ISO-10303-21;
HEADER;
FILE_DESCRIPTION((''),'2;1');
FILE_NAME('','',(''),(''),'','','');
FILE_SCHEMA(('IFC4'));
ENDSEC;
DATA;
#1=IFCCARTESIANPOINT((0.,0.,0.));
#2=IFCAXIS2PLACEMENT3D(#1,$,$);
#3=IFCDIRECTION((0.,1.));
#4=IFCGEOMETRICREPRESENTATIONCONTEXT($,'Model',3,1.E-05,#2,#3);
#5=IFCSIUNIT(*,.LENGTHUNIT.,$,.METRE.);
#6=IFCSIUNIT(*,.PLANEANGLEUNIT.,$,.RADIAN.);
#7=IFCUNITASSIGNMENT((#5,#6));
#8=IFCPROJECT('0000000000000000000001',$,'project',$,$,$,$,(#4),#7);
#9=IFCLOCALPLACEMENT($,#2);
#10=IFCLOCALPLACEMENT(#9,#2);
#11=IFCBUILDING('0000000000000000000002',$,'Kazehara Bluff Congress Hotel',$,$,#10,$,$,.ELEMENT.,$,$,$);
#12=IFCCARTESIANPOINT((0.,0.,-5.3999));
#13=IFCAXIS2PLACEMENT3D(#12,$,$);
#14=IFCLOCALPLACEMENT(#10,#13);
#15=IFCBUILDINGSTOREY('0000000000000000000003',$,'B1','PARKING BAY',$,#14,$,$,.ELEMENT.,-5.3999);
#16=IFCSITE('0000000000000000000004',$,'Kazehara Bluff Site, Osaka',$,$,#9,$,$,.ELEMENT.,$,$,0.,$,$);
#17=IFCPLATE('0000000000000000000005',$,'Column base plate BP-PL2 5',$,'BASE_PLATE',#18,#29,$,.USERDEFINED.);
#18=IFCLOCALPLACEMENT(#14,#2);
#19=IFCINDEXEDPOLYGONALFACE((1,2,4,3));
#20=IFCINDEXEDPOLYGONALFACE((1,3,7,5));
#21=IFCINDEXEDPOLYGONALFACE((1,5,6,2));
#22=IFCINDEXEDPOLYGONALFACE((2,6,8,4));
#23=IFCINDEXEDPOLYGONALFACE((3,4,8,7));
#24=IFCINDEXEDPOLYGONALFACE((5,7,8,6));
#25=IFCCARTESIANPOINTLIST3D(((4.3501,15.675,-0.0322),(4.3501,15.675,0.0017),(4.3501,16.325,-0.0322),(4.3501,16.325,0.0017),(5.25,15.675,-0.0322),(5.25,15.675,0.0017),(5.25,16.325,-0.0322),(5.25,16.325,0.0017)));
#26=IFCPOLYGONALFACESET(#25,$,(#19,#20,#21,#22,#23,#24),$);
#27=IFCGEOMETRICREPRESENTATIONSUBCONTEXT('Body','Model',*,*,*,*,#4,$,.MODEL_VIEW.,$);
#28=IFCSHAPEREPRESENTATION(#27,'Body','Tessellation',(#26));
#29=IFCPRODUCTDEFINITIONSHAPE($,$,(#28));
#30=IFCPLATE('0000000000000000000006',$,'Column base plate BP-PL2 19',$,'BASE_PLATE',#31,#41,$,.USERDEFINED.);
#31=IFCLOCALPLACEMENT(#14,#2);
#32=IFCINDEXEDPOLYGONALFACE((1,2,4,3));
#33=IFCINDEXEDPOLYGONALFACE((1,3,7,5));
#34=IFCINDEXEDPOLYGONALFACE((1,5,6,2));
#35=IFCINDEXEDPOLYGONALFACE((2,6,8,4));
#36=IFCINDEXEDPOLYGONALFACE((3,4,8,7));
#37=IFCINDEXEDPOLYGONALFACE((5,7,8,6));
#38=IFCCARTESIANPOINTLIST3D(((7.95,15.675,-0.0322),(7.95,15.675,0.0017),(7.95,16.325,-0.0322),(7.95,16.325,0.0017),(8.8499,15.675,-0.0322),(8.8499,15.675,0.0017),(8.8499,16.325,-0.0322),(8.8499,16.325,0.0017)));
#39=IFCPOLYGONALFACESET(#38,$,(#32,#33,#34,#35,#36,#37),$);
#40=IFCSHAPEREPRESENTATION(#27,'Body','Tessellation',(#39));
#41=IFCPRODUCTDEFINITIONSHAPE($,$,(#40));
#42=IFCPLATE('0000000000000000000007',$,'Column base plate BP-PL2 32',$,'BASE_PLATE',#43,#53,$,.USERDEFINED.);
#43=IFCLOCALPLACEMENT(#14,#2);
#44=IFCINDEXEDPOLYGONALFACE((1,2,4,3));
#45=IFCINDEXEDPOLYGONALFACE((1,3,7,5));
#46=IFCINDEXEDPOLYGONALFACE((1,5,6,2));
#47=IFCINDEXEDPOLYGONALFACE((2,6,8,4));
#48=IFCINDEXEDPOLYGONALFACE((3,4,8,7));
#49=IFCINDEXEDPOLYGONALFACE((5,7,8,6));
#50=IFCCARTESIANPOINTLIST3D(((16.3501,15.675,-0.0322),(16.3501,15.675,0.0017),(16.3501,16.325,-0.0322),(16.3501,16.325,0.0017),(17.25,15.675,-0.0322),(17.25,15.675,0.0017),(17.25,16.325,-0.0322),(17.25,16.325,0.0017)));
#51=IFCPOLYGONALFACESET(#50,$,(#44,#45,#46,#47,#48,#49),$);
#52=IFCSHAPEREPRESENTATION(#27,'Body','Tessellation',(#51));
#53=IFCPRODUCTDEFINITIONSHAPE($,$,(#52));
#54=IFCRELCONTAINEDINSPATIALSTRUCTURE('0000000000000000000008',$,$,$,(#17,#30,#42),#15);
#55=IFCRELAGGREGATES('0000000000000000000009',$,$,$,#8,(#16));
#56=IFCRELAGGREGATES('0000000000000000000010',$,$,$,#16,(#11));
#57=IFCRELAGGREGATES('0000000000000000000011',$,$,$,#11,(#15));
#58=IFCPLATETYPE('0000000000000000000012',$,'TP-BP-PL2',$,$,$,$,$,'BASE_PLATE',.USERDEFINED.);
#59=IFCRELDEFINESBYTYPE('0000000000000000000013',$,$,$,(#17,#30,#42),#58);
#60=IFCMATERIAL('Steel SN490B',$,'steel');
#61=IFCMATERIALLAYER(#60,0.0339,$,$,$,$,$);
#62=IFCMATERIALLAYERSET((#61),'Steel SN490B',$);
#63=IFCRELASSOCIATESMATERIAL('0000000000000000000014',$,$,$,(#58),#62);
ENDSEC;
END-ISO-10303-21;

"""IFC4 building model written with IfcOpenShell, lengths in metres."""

from ifc_helpers import new_model, si_unit, direction, frame, origin, origin_2d, place, context, subcontext, project, spatial, rectangle, extrude, material, layer, layer_set, type_object, element, save


model = new_model("IFC4")

# Units and contexts
model_context = context("Model", 3, precision=1e-05, world=origin(), true_north=direction((0.0, 1.0)))
body_context = subcontext(model_context, "Body", "Model", "MODEL_VIEW")
ifc_project = project(units=[si_unit("LENGTHUNIT", "METRE"), si_unit("PLANEANGLEUNIT", "RADIAN")], contexts=[model_context])

# Site, building, storey
site_placement = place(None, origin())
site = spatial("IfcSite", under=ifc_project, at=site_placement, Name="Kazehara Bluff Site, Osaka", CompositionType="ELEMENT", RefElevation=0.0)
building_placement = place(site_placement, origin())
building = spatial("IfcBuilding", under=site, at=building_placement, Name="Kazehara Bluff Congress Hotel", CompositionType="ELEMENT")
storey_placement = place(building_placement, frame((0.0, 0.0, -5.3999)))
storey = spatial("IfcBuildingStorey", under=building, at=storey_placement, Name="B1", Description="PARKING BAY", CompositionType="ELEMENT", Elevation=-5.3999)

# Plates
ifc_material_1 = material(Name="Steel SN490B", Category="steel")
ifc_layer_1 = layer(ifc_material_1, 0.0339)
ifc_layer_set_1 = layer_set([ifc_layer_1], Name="Steel SN490B")
plate_type = type_object("IfcPlateType", Name="TP-BP-PL2", ElementType="BASE_PLATE", PredefinedType="USERDEFINED", material=ifc_layer_set_1)
for number, where, z_axis, x_axis, name in (
    (1, (4.8, 16.0, -0.0322), (0.0, 0.0, 1.0), (1.0, 0.0, 0.0), "Column base plate BP-PL2 5"),
    (2, (8.3999, 16.0, -0.0322), (0.0, 0.0, 1.0), (1.0, 0.0, 0.0), "Column base plate BP-PL2 19"),
    (3, (16.8, 16.0, -0.0322), (0.0, 0.0, 1.0), (1.0, 0.0, 0.0), "Column base plate BP-PL2 32"),
):
    element("IfcPlate", number, at=place(storey_placement, frame(where, z_axis=z_axis, x_axis=x_axis)), inside=storey, type_object=plate_type, Name=name, ObjectType="BASE_PLATE", PredefinedType="USERDEFINED", context=body_context, shape_type="SweptSolid", body=[
        extrude(rectangle(XDim=0.8999, YDim=0.6499, at=origin_2d()), origin(), (0.0, 0.0, 1.0), 0.0339),
    ])

save(model, "model.ifc")
